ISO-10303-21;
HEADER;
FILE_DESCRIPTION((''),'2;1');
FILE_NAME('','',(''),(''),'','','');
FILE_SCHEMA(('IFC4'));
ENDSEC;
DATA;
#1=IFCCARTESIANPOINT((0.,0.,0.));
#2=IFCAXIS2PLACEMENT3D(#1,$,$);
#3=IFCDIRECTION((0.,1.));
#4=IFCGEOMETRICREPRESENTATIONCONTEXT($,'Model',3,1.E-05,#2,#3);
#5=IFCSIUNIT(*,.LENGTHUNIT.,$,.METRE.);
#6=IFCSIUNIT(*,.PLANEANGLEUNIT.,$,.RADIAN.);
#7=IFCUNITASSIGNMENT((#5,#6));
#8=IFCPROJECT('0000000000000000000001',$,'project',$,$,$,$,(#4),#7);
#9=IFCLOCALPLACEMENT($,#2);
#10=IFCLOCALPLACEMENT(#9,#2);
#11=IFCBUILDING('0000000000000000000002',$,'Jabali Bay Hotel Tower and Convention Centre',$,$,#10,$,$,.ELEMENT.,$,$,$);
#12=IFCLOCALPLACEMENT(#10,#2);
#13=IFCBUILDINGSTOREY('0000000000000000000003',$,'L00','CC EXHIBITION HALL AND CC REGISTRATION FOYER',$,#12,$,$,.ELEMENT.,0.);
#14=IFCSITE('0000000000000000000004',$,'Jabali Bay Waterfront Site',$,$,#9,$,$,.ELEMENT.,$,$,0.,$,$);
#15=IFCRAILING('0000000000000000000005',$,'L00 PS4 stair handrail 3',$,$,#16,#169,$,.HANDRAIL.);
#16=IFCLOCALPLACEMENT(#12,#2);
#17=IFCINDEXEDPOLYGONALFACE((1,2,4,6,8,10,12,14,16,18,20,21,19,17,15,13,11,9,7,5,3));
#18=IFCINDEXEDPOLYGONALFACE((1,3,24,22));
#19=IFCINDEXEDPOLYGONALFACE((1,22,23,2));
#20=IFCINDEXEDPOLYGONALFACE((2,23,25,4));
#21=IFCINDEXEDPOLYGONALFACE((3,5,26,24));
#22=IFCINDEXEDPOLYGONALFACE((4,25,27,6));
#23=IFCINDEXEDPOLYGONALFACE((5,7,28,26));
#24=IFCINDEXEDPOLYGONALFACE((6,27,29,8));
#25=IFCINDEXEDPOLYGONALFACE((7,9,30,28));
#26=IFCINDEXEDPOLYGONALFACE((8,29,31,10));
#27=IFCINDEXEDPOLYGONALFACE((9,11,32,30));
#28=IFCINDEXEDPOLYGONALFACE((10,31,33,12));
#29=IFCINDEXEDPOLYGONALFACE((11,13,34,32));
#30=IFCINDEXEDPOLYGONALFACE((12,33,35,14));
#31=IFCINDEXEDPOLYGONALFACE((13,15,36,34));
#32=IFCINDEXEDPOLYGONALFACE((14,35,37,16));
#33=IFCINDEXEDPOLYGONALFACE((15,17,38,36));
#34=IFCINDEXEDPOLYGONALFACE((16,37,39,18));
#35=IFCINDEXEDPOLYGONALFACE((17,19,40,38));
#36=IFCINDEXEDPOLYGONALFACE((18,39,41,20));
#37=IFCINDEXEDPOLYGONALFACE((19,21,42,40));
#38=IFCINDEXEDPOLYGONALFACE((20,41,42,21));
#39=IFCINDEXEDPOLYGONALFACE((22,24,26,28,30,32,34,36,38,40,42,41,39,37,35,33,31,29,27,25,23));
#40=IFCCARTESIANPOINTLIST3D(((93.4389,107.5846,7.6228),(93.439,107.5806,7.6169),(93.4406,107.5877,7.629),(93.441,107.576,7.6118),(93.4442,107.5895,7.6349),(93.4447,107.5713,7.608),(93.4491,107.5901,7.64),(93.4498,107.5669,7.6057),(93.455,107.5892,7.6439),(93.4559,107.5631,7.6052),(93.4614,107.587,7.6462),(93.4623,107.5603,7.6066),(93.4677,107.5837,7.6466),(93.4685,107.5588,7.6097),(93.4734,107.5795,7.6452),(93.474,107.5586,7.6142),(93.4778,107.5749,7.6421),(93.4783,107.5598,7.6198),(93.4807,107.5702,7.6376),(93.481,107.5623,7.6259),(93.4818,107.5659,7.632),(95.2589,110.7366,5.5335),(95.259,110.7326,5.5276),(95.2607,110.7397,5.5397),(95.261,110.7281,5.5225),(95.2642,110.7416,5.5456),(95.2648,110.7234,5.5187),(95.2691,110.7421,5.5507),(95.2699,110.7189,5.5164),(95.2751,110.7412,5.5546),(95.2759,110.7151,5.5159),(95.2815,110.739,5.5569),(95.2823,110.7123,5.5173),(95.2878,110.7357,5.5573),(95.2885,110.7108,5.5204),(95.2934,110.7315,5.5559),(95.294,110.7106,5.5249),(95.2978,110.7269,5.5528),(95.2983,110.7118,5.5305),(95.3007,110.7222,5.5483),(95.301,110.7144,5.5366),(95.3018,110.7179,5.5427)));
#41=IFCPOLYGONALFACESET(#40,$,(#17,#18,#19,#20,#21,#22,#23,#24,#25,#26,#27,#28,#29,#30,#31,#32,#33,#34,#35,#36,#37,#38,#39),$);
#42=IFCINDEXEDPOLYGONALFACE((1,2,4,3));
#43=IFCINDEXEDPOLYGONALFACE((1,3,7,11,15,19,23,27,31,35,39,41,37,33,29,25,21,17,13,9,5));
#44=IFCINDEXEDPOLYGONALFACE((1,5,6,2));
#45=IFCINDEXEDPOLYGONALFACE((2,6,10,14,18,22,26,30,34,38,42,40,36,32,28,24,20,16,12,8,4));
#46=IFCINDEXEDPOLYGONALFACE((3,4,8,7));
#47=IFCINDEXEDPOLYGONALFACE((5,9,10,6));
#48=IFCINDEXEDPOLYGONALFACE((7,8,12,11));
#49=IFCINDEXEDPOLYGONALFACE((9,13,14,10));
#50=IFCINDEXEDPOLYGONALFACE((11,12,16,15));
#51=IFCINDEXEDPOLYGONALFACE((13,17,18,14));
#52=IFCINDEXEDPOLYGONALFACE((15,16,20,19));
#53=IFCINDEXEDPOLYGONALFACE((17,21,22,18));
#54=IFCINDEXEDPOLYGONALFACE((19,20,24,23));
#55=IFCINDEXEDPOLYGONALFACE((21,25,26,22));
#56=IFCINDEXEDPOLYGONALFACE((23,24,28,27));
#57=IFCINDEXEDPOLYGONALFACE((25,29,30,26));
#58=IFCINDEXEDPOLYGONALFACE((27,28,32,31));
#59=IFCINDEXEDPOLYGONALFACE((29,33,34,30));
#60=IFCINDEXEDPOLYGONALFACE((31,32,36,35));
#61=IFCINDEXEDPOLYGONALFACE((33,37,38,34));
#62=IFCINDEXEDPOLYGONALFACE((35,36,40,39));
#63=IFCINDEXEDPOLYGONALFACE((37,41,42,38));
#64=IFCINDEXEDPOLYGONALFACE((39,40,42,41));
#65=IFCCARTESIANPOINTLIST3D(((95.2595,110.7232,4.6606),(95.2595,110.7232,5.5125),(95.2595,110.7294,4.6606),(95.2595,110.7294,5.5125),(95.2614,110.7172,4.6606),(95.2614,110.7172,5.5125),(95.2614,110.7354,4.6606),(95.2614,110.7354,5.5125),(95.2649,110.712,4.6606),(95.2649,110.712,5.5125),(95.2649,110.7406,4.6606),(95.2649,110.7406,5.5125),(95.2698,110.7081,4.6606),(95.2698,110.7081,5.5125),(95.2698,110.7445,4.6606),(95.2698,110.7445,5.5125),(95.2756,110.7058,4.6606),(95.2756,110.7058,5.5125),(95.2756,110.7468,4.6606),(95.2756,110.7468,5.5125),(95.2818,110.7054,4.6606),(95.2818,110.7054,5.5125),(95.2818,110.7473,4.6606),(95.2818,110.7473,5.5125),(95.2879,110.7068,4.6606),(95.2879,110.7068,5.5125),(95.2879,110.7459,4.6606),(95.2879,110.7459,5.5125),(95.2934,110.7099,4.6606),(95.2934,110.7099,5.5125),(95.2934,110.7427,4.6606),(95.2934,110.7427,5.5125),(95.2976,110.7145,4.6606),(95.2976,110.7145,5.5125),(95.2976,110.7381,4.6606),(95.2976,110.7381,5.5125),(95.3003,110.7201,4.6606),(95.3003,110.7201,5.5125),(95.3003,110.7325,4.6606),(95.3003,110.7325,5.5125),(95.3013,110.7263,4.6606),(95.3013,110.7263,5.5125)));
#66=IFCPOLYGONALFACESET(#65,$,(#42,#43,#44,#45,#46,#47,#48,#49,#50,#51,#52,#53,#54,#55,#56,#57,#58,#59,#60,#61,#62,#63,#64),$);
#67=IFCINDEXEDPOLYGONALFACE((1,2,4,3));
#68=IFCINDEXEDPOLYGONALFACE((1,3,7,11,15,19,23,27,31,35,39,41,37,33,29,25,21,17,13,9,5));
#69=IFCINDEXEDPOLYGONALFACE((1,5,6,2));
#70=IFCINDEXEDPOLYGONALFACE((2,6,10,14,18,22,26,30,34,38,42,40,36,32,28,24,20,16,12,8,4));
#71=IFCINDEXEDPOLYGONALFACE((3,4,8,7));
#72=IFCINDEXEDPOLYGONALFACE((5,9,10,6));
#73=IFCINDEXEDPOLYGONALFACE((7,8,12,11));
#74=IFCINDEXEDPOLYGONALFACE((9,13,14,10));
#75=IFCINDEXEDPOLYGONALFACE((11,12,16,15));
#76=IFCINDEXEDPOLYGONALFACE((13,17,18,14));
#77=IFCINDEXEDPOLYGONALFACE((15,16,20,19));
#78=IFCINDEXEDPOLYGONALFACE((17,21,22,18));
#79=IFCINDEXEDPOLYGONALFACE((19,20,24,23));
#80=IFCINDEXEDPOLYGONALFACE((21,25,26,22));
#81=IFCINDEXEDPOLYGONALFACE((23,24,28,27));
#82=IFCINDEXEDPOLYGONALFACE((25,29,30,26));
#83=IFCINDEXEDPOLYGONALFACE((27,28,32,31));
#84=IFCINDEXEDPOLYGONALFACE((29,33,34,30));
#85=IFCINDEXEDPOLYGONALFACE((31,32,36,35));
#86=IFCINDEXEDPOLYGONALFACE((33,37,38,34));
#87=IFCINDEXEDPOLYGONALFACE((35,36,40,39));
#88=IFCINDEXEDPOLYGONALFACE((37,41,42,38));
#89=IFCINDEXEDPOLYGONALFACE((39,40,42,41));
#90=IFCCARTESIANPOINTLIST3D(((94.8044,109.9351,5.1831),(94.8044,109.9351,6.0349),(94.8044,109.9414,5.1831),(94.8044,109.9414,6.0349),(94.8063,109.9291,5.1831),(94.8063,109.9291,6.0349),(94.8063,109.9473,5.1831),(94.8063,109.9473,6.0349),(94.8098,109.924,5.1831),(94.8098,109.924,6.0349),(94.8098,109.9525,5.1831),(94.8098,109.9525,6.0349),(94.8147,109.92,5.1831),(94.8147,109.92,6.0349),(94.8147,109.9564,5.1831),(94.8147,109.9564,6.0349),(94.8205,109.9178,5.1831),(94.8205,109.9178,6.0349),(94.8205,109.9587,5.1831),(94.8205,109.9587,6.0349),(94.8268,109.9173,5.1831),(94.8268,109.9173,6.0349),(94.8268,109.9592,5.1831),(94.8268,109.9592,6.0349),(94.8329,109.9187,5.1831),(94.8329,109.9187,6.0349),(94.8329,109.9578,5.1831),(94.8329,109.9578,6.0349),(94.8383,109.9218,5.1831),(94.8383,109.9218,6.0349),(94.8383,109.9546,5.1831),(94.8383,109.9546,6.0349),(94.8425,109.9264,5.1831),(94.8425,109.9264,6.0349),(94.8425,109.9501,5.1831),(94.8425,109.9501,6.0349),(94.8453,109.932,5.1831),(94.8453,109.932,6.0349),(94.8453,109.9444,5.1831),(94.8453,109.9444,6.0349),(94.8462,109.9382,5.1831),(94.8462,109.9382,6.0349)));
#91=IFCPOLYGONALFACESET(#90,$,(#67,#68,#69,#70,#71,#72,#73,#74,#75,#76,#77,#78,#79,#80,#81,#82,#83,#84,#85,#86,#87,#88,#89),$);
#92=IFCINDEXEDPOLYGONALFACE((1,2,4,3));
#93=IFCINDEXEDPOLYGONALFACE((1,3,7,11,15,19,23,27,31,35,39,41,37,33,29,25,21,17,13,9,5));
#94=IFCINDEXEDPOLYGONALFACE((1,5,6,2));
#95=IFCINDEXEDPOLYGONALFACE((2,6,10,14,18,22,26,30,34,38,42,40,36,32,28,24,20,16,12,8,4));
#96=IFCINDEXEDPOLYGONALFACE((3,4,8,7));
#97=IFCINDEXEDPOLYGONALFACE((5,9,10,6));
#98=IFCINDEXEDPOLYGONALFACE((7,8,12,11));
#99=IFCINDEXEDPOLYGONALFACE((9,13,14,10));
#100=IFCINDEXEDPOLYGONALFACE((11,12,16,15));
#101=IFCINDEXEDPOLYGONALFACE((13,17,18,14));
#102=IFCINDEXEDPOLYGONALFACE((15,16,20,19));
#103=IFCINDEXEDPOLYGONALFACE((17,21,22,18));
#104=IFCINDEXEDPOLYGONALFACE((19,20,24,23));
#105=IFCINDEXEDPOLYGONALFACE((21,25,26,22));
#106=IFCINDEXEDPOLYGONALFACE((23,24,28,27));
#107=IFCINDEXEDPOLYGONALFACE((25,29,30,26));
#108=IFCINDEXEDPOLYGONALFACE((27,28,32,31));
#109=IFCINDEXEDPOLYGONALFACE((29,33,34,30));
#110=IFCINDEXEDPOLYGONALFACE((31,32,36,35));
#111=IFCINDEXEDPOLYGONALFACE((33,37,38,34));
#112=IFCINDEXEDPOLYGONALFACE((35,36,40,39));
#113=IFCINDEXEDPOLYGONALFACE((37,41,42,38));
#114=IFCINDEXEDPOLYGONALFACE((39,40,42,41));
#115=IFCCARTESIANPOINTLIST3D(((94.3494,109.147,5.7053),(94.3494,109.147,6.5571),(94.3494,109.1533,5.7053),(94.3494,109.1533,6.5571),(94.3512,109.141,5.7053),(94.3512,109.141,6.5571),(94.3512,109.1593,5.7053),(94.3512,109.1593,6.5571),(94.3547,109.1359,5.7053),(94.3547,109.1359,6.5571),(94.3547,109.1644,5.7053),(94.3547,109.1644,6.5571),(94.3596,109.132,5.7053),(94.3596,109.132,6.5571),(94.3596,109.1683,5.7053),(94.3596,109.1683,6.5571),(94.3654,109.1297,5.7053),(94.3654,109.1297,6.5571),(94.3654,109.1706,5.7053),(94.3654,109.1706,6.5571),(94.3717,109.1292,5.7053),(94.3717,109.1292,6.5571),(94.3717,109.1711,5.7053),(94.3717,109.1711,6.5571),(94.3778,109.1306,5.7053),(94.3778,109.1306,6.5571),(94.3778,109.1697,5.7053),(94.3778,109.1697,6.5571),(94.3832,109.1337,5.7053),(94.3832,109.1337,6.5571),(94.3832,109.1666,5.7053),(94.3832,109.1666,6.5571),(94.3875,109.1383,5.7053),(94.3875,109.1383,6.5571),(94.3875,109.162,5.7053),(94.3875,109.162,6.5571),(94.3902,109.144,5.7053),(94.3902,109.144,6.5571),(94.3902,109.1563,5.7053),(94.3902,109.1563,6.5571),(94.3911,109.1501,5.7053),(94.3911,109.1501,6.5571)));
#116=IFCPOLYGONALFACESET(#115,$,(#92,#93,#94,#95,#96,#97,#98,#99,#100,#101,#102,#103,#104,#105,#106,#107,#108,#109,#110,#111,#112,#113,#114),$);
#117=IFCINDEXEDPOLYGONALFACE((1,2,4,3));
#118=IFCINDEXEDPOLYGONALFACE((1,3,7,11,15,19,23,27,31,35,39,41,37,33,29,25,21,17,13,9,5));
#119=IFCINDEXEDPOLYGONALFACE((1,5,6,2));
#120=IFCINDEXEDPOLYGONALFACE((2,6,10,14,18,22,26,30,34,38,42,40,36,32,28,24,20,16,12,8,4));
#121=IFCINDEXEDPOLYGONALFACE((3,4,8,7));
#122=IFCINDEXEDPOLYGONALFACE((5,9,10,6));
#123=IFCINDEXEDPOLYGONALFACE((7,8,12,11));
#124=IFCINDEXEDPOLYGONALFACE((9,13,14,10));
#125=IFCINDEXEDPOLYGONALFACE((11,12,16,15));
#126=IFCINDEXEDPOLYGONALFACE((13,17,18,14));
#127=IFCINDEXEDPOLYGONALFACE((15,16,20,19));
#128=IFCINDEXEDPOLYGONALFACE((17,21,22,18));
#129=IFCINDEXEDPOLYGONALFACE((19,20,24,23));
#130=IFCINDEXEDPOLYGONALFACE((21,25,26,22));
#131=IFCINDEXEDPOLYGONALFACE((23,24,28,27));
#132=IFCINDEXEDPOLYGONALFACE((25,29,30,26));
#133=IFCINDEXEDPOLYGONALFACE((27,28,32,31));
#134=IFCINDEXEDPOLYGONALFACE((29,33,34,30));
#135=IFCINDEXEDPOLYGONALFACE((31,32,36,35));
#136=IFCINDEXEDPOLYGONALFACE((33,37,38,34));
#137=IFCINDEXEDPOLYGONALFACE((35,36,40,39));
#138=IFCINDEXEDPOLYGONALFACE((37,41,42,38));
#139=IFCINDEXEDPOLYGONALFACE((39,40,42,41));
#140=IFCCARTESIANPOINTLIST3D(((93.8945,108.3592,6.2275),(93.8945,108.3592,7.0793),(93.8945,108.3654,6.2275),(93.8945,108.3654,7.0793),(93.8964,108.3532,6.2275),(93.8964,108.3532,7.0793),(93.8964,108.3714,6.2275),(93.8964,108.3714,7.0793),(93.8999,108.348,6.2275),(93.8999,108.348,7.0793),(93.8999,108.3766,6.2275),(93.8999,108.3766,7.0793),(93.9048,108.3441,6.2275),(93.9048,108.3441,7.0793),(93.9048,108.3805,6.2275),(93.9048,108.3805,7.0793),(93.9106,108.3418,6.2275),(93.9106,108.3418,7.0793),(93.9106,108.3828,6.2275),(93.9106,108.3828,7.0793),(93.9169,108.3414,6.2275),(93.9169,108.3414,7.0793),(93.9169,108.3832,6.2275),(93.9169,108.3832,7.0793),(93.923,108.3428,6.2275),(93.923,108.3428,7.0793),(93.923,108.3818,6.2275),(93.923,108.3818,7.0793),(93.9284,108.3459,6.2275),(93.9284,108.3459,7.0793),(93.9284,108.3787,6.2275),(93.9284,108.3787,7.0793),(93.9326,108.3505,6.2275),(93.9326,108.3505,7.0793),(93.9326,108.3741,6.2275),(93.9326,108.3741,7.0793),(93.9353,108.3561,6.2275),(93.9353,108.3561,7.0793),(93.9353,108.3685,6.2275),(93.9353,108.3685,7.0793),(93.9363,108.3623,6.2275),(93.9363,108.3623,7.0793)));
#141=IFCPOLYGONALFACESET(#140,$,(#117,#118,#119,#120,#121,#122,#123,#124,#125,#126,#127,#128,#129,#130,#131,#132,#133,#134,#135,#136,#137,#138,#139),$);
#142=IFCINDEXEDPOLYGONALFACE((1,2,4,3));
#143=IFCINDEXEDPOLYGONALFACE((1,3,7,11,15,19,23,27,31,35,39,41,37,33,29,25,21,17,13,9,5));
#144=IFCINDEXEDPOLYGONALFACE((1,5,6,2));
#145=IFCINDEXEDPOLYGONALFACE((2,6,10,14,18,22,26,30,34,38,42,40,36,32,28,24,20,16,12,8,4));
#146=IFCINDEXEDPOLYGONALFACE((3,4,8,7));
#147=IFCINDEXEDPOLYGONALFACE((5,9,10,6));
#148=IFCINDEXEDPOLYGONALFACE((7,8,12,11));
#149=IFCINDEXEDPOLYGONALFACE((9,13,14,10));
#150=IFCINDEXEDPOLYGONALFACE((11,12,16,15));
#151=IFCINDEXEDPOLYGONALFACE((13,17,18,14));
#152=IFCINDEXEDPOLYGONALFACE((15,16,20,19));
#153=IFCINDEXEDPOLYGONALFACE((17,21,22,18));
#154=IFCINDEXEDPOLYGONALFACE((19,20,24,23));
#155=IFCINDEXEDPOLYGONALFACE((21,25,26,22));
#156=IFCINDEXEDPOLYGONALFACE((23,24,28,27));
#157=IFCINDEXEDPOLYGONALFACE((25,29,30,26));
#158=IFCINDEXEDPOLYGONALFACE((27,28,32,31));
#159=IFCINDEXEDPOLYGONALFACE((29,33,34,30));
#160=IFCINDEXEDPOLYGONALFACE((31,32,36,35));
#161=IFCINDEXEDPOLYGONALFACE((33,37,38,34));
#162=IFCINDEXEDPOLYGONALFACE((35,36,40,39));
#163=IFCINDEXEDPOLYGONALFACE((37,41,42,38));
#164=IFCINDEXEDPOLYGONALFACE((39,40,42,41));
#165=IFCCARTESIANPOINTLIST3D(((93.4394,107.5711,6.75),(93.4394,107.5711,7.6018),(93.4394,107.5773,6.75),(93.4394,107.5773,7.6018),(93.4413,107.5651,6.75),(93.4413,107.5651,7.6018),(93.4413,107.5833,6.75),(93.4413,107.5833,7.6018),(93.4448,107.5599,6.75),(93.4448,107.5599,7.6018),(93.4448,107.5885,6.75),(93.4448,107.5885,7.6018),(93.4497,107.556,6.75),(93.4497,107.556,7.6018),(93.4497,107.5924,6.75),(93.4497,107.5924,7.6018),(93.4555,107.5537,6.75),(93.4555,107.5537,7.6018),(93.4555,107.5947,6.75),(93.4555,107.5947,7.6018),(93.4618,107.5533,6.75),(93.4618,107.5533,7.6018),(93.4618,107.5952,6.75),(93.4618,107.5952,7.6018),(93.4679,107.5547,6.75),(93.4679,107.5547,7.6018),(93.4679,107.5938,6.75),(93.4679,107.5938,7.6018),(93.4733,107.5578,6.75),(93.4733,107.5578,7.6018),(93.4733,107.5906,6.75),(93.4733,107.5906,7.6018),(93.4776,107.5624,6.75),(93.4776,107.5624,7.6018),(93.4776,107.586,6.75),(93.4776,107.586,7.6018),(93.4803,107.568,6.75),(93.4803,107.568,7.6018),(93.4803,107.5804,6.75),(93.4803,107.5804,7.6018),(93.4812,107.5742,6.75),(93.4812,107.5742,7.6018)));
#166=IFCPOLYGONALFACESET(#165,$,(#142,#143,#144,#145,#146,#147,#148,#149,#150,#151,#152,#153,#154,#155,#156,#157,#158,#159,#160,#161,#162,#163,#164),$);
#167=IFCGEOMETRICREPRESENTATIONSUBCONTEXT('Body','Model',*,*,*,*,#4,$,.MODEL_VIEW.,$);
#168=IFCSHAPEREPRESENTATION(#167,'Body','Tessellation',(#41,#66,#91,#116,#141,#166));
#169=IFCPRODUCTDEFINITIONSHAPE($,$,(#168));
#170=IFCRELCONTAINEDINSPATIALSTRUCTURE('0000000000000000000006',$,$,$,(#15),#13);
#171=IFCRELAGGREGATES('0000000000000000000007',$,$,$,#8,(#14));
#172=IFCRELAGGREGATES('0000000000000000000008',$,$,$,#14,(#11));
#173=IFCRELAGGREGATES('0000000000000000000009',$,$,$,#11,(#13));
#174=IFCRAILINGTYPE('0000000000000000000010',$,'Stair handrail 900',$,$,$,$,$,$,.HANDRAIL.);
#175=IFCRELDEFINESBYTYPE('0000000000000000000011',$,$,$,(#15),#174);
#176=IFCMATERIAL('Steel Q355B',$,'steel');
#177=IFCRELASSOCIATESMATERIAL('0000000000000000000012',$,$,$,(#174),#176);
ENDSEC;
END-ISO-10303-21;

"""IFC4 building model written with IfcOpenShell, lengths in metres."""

from ifc_helpers import new_model, si_unit, direction, frame, origin, origin_2d, place, context, subcontext, project, spatial, circle, extrude, material, type_object, element, save


model = new_model("IFC4")

# Units and contexts
model_context = context("Model", 3, precision=1e-05, world=origin(), true_north=direction((0.0, 1.0)))
body_context = subcontext(model_context, "Body", "Model", "MODEL_VIEW")
ifc_project = project(units=[si_unit("LENGTHUNIT", "METRE"), si_unit("PLANEANGLEUNIT", "RADIAN")], contexts=[model_context])

# Site, building, storey
site_placement = place(None, origin())
site = spatial("IfcSite", under=ifc_project, at=site_placement, Name="Jabali Bay Waterfront Site", CompositionType="ELEMENT", RefElevation=0.0)
building_placement = place(site_placement, origin())
building = spatial("IfcBuilding", under=site, at=building_placement, Name="Jabali Bay Hotel Tower and Convention Centre", CompositionType="ELEMENT")
storey_placement = place(building_placement, origin())
storey = spatial("IfcBuildingStorey", under=building, at=storey_placement, Name="L00", Description="CC EXHIBITION HALL AND CC REGISTRATION FOYER", CompositionType="ELEMENT", Elevation=0.0)

# Railing
ifc_material_1 = material(Name="Steel Q355B", Category="steel")
railing_type_1 = type_object("IfcRailingType", Name="Stair handrail 900", PredefinedType="HANDRAIL", material=ifc_material_1)
railing_1_placement = place(storey_placement, frame((95.2803, 110.7263, 4.6606)))
element("IfcRailing", 1, at=railing_1_placement, inside=storey, type_object=railing_type_1, Name="L00 PS4 stair handrail 3", PredefinedType="HANDRAIL", context=body_context, shape_type="SweptSolid", body=[
    extrude(circle(Radius=0.0239, at=origin_2d()), frame((0.0, 0.0, 0.876), z_axis=(-0.433672, -0.751058, 0.497836), x_axis=(0.866001, -0.500042, 0.0)), (0.0, 0.0, 1.0), 4.1968),
    extrude(circle(Radius=0.021, at=origin_2d()), origin(), (0.0, 0.0, 1.0), 0.8518),
    extrude(circle(Radius=0.021, at=origin_2d()), frame((-0.4551, -0.7881, 0.5225)), (0.0, 0.0, 1.0), 0.8518),
    extrude(circle(Radius=0.021, at=origin_2d()), frame((-0.9102, -1.5762, 1.0447)), (0.0, 0.0, 1.0), 0.8518),
    extrude(circle(Radius=0.021, at=origin_2d()), frame((-1.365, -2.364, 1.5669)), (0.0, 0.0, 1.0), 0.8518),
    extrude(circle(Radius=0.021, at=origin_2d()), frame((-1.8201, -3.1521, 2.0894)), (0.0, 0.0, 1.0), 0.8518),
])

save(model, "model.ifc")
